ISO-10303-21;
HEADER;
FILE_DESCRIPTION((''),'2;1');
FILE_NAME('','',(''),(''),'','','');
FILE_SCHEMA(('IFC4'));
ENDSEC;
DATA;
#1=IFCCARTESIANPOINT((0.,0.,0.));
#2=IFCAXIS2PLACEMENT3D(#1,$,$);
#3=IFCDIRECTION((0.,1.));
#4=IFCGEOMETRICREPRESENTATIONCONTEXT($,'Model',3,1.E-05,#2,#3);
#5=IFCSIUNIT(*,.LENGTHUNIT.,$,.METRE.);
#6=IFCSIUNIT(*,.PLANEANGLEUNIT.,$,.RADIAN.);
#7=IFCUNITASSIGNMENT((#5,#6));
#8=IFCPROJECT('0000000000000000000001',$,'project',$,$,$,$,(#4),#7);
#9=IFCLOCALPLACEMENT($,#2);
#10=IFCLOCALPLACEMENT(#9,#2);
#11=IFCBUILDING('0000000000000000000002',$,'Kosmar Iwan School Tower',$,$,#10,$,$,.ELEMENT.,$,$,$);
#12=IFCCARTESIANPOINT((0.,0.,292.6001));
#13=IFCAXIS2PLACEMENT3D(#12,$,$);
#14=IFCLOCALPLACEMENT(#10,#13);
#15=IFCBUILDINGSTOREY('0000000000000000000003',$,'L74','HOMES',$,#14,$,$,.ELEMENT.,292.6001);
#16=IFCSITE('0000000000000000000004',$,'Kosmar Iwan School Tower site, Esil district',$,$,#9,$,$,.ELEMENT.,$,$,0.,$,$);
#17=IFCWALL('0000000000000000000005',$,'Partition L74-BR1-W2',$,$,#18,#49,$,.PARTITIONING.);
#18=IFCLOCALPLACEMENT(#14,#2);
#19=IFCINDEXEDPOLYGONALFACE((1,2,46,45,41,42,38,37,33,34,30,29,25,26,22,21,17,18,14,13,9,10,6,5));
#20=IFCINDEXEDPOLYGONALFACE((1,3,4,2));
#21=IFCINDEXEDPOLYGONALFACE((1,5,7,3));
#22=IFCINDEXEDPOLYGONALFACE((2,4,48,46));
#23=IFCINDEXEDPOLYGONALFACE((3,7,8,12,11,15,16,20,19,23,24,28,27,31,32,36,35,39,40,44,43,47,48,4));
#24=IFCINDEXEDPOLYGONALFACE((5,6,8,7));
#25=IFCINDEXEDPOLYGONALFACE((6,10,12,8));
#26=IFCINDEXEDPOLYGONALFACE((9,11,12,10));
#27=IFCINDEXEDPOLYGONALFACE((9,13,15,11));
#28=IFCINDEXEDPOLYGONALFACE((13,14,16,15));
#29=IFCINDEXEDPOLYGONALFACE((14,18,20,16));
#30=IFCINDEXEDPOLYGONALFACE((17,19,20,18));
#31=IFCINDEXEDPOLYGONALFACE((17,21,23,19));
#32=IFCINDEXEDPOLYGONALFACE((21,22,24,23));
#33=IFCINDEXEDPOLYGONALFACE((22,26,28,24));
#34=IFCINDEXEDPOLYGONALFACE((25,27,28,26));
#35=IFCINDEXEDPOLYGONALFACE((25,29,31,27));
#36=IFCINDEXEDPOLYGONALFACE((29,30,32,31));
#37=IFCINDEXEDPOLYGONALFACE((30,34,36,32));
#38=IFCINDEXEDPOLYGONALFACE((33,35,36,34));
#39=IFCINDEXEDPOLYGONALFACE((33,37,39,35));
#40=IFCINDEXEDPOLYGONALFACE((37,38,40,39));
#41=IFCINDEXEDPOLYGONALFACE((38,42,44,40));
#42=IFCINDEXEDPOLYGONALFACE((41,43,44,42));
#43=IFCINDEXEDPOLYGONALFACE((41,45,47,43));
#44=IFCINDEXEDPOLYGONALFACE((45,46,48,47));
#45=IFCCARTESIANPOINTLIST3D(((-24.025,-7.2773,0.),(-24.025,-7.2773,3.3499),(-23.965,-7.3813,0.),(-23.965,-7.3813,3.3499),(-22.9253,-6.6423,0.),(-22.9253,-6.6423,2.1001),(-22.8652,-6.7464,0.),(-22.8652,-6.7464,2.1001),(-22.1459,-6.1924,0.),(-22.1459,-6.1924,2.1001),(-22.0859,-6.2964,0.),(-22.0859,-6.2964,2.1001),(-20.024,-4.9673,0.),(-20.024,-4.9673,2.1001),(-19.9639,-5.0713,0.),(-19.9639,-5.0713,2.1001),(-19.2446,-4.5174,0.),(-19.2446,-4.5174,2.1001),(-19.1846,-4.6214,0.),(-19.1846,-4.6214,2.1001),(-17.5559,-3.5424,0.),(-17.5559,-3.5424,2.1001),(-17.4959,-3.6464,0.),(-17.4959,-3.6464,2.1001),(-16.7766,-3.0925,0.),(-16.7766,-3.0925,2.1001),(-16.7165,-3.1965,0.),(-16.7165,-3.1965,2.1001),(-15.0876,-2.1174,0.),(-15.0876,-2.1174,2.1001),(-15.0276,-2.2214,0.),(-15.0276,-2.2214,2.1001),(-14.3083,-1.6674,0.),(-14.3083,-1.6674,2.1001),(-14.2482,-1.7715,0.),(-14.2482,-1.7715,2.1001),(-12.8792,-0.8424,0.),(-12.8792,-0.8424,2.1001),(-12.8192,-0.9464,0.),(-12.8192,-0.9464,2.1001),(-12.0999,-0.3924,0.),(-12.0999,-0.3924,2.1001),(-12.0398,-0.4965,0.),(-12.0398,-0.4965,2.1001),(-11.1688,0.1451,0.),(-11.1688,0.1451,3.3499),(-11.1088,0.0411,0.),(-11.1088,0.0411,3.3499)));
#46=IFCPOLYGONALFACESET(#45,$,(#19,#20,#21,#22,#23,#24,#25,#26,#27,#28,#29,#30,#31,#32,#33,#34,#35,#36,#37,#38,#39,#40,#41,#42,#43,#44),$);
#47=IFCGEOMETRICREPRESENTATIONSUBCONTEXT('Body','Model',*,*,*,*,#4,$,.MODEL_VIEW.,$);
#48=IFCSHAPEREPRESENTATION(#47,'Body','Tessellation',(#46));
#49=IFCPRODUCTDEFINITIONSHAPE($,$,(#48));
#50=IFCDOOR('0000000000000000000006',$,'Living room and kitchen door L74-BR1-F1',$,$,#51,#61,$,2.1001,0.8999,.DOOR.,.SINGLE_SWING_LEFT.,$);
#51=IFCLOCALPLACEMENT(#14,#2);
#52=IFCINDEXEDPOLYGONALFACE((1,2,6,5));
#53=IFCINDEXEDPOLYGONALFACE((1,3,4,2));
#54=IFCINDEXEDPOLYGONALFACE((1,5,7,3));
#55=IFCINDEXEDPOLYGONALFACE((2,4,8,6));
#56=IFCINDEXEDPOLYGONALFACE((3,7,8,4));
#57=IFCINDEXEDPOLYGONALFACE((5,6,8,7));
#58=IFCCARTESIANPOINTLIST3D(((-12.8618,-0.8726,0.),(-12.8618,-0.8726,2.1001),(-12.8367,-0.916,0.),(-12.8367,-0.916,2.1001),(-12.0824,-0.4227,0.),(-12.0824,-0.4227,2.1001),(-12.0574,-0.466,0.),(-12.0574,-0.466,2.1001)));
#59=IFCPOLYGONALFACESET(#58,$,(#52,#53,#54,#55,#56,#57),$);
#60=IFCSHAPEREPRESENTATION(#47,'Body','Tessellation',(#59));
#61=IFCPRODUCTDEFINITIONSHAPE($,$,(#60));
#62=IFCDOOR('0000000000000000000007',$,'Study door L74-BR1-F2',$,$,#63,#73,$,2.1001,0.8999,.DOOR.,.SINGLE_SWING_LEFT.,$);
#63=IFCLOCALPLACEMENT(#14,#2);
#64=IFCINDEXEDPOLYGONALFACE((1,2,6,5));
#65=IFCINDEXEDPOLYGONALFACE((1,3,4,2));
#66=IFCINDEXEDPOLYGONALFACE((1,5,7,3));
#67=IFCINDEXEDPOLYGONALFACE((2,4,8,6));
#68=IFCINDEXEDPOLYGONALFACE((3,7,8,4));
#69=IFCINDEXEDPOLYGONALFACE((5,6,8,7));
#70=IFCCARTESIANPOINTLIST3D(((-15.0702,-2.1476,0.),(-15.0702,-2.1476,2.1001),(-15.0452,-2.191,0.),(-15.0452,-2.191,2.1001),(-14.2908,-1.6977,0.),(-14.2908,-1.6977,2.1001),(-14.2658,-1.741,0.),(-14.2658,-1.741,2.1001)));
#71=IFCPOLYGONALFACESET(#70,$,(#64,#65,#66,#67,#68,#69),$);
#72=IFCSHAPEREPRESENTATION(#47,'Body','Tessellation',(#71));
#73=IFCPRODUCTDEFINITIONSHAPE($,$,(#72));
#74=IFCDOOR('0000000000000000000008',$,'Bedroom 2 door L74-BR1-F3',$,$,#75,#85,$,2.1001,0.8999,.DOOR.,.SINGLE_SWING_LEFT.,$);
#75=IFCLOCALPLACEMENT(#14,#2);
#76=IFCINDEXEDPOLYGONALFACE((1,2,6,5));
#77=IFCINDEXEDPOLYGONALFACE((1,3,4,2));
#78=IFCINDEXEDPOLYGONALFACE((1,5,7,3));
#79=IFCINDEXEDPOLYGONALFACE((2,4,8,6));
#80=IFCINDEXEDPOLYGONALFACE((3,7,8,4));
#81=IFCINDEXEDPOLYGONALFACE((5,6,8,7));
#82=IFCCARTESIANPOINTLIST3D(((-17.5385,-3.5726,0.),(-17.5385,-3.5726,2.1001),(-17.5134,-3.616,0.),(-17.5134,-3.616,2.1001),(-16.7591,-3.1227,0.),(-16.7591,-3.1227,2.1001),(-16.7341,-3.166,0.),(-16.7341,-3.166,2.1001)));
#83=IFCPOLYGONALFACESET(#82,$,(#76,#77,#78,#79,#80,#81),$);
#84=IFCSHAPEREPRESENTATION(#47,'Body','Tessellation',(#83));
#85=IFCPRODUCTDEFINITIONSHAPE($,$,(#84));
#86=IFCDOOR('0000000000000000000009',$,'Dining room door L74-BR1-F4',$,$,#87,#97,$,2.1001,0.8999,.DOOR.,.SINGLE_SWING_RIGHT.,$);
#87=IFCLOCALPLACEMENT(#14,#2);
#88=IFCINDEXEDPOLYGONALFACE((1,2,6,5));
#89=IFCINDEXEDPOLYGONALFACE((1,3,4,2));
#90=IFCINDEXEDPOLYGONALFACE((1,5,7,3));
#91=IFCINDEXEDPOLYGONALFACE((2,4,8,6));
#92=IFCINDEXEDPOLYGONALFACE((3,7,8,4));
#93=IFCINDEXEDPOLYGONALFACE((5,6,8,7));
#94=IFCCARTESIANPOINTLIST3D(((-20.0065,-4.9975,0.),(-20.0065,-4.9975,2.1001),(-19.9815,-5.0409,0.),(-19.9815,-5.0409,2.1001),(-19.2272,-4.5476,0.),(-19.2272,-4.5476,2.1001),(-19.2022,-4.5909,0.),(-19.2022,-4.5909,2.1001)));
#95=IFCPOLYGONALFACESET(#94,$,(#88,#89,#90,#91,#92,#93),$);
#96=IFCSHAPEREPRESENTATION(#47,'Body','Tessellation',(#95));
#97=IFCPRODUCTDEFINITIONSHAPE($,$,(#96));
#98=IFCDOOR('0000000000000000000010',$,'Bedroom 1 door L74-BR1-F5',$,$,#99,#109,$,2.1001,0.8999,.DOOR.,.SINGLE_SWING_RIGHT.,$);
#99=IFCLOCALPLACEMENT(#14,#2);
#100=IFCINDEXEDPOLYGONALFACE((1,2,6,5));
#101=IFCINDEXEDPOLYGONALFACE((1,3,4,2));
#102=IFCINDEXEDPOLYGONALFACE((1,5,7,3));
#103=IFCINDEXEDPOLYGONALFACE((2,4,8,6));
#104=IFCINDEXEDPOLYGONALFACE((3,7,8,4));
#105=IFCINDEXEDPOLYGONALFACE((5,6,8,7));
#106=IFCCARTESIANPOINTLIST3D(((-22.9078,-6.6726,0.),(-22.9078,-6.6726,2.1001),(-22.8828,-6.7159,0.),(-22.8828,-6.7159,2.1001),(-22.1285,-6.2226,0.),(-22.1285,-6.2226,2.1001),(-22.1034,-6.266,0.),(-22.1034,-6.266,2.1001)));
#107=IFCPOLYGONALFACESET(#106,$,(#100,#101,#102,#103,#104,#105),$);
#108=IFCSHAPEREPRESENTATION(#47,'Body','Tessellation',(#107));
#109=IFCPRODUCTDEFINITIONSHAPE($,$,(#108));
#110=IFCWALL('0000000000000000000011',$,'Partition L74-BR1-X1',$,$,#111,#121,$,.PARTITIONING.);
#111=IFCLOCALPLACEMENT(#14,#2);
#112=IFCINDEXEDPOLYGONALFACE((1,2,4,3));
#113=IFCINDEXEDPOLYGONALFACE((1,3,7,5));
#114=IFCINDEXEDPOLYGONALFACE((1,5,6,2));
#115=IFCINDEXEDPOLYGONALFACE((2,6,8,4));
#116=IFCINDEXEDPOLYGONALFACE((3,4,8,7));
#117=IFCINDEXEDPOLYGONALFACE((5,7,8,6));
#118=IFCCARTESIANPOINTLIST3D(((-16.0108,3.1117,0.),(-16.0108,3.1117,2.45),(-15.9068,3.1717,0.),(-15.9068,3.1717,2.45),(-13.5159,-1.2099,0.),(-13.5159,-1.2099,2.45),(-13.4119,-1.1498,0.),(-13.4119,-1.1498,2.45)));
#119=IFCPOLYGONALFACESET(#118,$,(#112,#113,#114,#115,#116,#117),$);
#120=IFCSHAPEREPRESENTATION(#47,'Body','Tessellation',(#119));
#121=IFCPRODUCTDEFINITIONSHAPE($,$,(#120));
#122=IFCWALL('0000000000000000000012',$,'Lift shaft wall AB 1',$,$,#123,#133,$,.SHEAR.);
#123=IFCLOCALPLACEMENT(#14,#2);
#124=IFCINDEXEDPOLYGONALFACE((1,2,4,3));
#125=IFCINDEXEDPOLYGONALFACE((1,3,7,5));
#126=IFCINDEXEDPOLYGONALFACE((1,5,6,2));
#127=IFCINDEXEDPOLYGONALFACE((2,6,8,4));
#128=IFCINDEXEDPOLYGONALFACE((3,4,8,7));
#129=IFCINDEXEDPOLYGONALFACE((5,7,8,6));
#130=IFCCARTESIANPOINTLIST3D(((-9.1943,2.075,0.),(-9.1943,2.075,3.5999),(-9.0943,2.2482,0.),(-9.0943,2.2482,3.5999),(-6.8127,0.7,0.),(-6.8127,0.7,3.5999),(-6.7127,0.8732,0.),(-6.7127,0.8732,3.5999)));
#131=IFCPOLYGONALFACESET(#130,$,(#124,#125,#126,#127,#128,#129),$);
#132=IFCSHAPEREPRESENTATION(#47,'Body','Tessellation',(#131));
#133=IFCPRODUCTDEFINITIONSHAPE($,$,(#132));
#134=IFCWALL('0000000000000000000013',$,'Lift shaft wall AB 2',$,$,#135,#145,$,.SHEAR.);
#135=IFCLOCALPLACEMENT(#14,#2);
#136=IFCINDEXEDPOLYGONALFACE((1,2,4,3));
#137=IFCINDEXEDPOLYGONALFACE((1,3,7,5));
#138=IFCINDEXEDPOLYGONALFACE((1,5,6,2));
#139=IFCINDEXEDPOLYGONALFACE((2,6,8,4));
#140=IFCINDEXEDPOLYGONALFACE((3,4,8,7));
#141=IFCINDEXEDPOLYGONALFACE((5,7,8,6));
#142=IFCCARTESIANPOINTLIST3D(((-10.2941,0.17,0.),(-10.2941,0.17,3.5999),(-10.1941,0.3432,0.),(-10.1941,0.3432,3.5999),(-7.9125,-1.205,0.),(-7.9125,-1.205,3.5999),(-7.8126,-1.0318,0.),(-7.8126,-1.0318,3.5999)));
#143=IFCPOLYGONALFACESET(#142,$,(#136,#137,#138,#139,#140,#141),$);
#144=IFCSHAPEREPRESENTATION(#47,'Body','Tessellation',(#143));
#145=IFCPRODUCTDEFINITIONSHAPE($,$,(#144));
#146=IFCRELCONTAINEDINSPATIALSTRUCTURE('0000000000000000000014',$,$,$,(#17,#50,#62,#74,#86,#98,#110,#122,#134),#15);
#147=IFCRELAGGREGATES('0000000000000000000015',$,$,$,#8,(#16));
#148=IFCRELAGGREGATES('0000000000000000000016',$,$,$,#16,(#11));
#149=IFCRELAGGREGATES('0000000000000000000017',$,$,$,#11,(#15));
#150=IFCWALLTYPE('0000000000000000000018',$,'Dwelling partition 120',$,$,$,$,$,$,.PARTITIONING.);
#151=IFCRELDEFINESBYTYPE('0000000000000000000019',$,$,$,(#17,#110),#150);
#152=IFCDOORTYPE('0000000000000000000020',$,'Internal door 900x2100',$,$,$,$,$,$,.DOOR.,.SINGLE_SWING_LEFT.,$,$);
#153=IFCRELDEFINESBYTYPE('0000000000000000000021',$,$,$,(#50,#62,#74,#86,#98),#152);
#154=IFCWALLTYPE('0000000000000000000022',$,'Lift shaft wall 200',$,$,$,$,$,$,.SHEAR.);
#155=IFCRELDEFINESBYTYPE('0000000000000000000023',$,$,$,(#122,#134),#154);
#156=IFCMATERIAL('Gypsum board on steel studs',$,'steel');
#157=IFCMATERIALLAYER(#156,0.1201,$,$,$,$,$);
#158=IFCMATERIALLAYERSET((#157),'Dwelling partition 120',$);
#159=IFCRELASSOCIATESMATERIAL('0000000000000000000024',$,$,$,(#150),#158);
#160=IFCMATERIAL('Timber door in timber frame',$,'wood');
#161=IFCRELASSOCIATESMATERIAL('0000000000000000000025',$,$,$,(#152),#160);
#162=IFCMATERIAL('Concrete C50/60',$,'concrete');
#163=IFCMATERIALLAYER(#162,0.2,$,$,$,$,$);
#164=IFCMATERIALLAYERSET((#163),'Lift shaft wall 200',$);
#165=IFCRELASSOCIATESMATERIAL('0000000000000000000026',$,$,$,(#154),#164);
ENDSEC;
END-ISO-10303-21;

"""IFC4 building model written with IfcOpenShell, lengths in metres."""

from ifc_helpers import new_model, si_unit, direction, frame, frame_2d, origin, place, context, subcontext, project, spatial, rectangle, extrude, material, layer, layer_set, type_object, element, fill, save


model = new_model("IFC4")

# Units and contexts
model_context = context("Model", 3, precision=1e-05, world=origin(), true_north=direction((0.0, 1.0)))
body_context = subcontext(model_context, "Body", "Model", "MODEL_VIEW")
ifc_project = project(units=[si_unit("LENGTHUNIT", "METRE"), si_unit("PLANEANGLEUNIT", "RADIAN")], contexts=[model_context])

# Site, building, storey
site_placement = place(None, origin())
site = spatial("IfcSite", under=ifc_project, at=site_placement, Name="Kosmar Iwan School Tower site, Esil district", CompositionType="ELEMENT", RefElevation=0.0)
building_placement = place(site_placement, origin())
building = spatial("IfcBuilding", under=site, at=building_placement, Name="Kosmar Iwan School Tower", CompositionType="ELEMENT")
storey_placement = place(building_placement, frame((0.0, 0.0, 292.6001)))
storey = spatial("IfcBuildingStorey", under=building, at=storey_placement, Name="L74", Description="HOMES", CompositionType="ELEMENT", Elevation=292.6001)

# Wall, openings, doors
ifc_material_1 = material(Name="Gypsum board on steel studs", Category="steel")
ifc_layer_1 = layer(ifc_material_1, 0.1201)
ifc_layer_set_1 = layer_set([ifc_layer_1], Name="Dwelling partition 120")
wall_type_1 = type_object("IfcWallType", Name="Dwelling partition 120", PredefinedType="PARTITIONING", material=ifc_layer_set_1)
ifc_material_2 = material(Name="Timber door in timber frame", Category="wood")
door_type_1 = type_object("IfcDoorType", Name="Internal door 900x2100", OperationType="SINGLE_SWING_LEFT", PredefinedType="DOOR", material=ifc_material_2)
wall_1_placement = place(storey_placement, frame((-11.1389, 0.093, 0.0), z_axis=(0.0, 0.0, 1.0), x_axis=(-0.86603, -0.499992, 0.0)))
wall_1 = element("IfcWall", 1, at=wall_1_placement, inside=storey, type_object=wall_type_1, Name="Partition L74-BR1-W2", PredefinedType="PARTITIONING", context=body_context, shape_type="SweptSolid", body=[
    extrude(rectangle(XDim=14.845, YDim=0.1201, at=frame_2d((7.4224, 0.0))), origin(), (0.0, 0.0, 1.0), 3.3499),
])
opening_1_placement = place(wall_1_placement, frame((1.075, 0.0, 0.0)))
opening_1 = element("IfcOpeningElement", 2, at=opening_1_placement, cuts=wall_1, PredefinedType="OPENING", context=body_context, shape_type="SweptSolid", body=[
    extrude(rectangle(XDim=0.8999, YDim=2.1001, at=frame_2d((0.45, 1.05))), frame((0.0, 0.072, 0.0), z_axis=(0.0, -1.0, 0.0), x_axis=(1.0, 0.0, 0.0)), (0.0, 0.0, 1.0), 0.144),
])
opening_2_placement = place(wall_1_placement, frame((3.625, 0.0, 0.0)))
opening_2 = element("IfcOpeningElement", 3, at=opening_2_placement, cuts=wall_1, PredefinedType="OPENING", context=body_context, shape_type="SweptSolid", body=[
    extrude(rectangle(XDim=0.8999, YDim=2.1001, at=frame_2d((0.45, 1.05))), frame((0.0, 0.072, 0.0), z_axis=(0.0, -1.0, 0.0), x_axis=(1.0, 0.0, 0.0)), (0.0, 0.0, 1.0), 0.144),
])
opening_3_placement = place(wall_1_placement, frame((6.4751, 0.0, 0.0)))
opening_3 = element("IfcOpeningElement", 4, at=opening_3_placement, cuts=wall_1, PredefinedType="OPENING", context=body_context, shape_type="SweptSolid", body=[
    extrude(rectangle(XDim=0.8999, YDim=2.1001, at=frame_2d((0.45, 1.05))), frame((0.0, 0.072, 0.0), z_axis=(0.0, -1.0, 0.0), x_axis=(1.0, 0.0, 0.0)), (0.0, 0.0, 1.0), 0.144),
])
opening_4_placement = place(wall_1_placement, frame((9.325, 0.0, 0.0)))
opening_4 = element("IfcOpeningElement", 5, at=opening_4_placement, cuts=wall_1, PredefinedType="OPENING", context=body_context, shape_type="SweptSolid", body=[
    extrude(rectangle(XDim=0.8999, YDim=2.1001, at=frame_2d((0.45, 1.05))), frame((0.0, 0.072, 0.0), z_axis=(0.0, -1.0, 0.0), x_axis=(1.0, 0.0, 0.0)), (0.0, 0.0, 1.0), 0.144),
])
opening_5_placement = place(wall_1_placement, frame((12.675, 0.0, 0.0)))
opening_5 = element("IfcOpeningElement", 6, at=opening_5_placement, cuts=wall_1, PredefinedType="OPENING", context=body_context, shape_type="SweptSolid", body=[
    extrude(rectangle(XDim=0.8999, YDim=2.1001, at=frame_2d((0.45, 1.05))), frame((0.0, 0.072, 0.0), z_axis=(0.0, -1.0, 0.0), x_axis=(1.0, 0.0, 0.0)), (0.0, 0.0, 1.0), 0.144),
])
door_1_placement = place(opening_1_placement, origin())
door_1 = element("IfcDoor", 7, at=door_1_placement, inside=storey, type_object=door_type_1, Name="Living room and kitchen door L74-BR1-F1", OperationType="SINGLE_SWING_LEFT", OverallHeight=2.1001, OverallWidth=0.8999, PredefinedType="DOOR", context=body_context, shape_type="SweptSolid", body=[
    extrude(rectangle(XDim=0.8999, YDim=2.1001, at=frame_2d((0.45, 1.05))), frame((0.0, 0.0249, 0.0), z_axis=(0.0, -1.0, 0.0), x_axis=(1.0, 0.0, 0.0)), (0.0, 0.0, 1.0), 0.05),
])
fill(opening_1, door_1)
door_2_placement = place(opening_2_placement, origin())
door_2 = element("IfcDoor", 8, at=door_2_placement, inside=storey, type_object=door_type_1, Name="Study door L74-BR1-F2", OperationType="SINGLE_SWING_LEFT", OverallHeight=2.1001, OverallWidth=0.8999, PredefinedType="DOOR", context=body_context, shape_type="SweptSolid", body=[
    extrude(rectangle(XDim=0.8999, YDim=2.1001, at=frame_2d((0.45, 1.05))), frame((0.0, 0.0249, 0.0), z_axis=(0.0, -1.0, 0.0), x_axis=(1.0, 0.0, 0.0)), (0.0, 0.0, 1.0), 0.05),
])
fill(opening_2, door_2)
door_3_placement = place(opening_3_placement, origin())
door_3 = element("IfcDoor", 9, at=door_3_placement, inside=storey, type_object=door_type_1, Name="Bedroom 2 door L74-BR1-F3", OperationType="SINGLE_SWING_LEFT", OverallHeight=2.1001, OverallWidth=0.8999, PredefinedType="DOOR", context=body_context, shape_type="SweptSolid", body=[
    extrude(rectangle(XDim=0.8999, YDim=2.1001, at=frame_2d((0.45, 1.05))), frame((0.0, 0.0249, 0.0), z_axis=(0.0, -1.0, 0.0), x_axis=(1.0, 0.0, 0.0)), (0.0, 0.0, 1.0), 0.05),
])
fill(opening_3, door_3)
door_4_placement = place(opening_4_placement, origin())
door_4 = element("IfcDoor", 10, at=door_4_placement, inside=storey, type_object=door_type_1, Name="Dining room door L74-BR1-F4", OperationType="SINGLE_SWING_RIGHT", OverallHeight=2.1001, OverallWidth=0.8999, PredefinedType="DOOR", context=body_context, shape_type="SweptSolid", body=[
    extrude(rectangle(XDim=0.8999, YDim=2.1001, at=frame_2d((0.45, 1.05))), frame((0.0, 0.0249, 0.0), z_axis=(0.0, -1.0, 0.0), x_axis=(1.0, 0.0, 0.0)), (0.0, 0.0, 1.0), 0.05),
])
fill(opening_4, door_4)
door_5_placement = place(opening_5_placement, origin())
door_5 = element("IfcDoor", 11, at=door_5_placement, inside=storey, type_object=door_type_1, Name="Bedroom 1 door L74-BR1-F5", OperationType="SINGLE_SWING_RIGHT", OverallHeight=2.1001, OverallWidth=0.8999, PredefinedType="DOOR", context=body_context, shape_type="SweptSolid", body=[
    extrude(rectangle(XDim=0.8999, YDim=2.1001, at=frame_2d((0.45, 1.05))), frame((0.0, 0.0249, 0.0), z_axis=(0.0, -1.0, 0.0), x_axis=(1.0, 0.0, 0.0)), (0.0, 0.0, 1.0), 0.05),
])
fill(opening_5, door_5)

# Walls
wall_2_placement = place(storey_placement, frame((-13.4639, -1.1799, 0.0), z_axis=(0.0, 0.0, 1.0), x_axis=(-0.499975, 0.86604, 0.0)))
element("IfcWall", 12, at=wall_2_placement, inside=storey, type_object=wall_type_1, Name="Partition L74-BR1-X1", PredefinedType="PARTITIONING", context=body_context, shape_type="SweptSolid", body=[
    extrude(rectangle(XDim=4.99, YDim=0.1201, at=frame_2d((2.4951, 0.0))), origin(), (0.0, 0.0, 1.0), 2.45),
])
ifc_material_3 = material(Name="Concrete C50/60", Category="concrete")
ifc_layer_2 = layer(ifc_material_3, 0.2)
ifc_layer_set_2 = layer_set([ifc_layer_2], Name="Lift shaft wall 200")
wall_type_2 = type_object("IfcWallType", Name="Lift shaft wall 200", PredefinedType="SHEAR", material=ifc_layer_set_2)
for number, where, z_axis, x_axis, name in (
    (13, (-6.7627, 0.7866, 0.0), (0.0, 0.0, 1.0), (-0.866027, 0.499997, 0.0), "Lift shaft wall AB 1"),
    (14, (-7.8625, -1.1184, 0.0), (0.0, 0.0, 1.0), (-0.866027, 0.499997, 0.0), "Lift shaft wall AB 2"),
):
    element("IfcWall", number, at=place(storey_placement, frame(where, z_axis=z_axis, x_axis=x_axis)), inside=storey, type_object=wall_type_2, Name=name, PredefinedType="SHEAR", context=body_context, shape_type="SweptSolid", body=[
        extrude(rectangle(XDim=2.75, YDim=0.2, at=frame_2d((1.375, 0.0))), origin(), (0.0, 0.0, 1.0), 3.5999),
    ])

save(model, "model.ifc")
